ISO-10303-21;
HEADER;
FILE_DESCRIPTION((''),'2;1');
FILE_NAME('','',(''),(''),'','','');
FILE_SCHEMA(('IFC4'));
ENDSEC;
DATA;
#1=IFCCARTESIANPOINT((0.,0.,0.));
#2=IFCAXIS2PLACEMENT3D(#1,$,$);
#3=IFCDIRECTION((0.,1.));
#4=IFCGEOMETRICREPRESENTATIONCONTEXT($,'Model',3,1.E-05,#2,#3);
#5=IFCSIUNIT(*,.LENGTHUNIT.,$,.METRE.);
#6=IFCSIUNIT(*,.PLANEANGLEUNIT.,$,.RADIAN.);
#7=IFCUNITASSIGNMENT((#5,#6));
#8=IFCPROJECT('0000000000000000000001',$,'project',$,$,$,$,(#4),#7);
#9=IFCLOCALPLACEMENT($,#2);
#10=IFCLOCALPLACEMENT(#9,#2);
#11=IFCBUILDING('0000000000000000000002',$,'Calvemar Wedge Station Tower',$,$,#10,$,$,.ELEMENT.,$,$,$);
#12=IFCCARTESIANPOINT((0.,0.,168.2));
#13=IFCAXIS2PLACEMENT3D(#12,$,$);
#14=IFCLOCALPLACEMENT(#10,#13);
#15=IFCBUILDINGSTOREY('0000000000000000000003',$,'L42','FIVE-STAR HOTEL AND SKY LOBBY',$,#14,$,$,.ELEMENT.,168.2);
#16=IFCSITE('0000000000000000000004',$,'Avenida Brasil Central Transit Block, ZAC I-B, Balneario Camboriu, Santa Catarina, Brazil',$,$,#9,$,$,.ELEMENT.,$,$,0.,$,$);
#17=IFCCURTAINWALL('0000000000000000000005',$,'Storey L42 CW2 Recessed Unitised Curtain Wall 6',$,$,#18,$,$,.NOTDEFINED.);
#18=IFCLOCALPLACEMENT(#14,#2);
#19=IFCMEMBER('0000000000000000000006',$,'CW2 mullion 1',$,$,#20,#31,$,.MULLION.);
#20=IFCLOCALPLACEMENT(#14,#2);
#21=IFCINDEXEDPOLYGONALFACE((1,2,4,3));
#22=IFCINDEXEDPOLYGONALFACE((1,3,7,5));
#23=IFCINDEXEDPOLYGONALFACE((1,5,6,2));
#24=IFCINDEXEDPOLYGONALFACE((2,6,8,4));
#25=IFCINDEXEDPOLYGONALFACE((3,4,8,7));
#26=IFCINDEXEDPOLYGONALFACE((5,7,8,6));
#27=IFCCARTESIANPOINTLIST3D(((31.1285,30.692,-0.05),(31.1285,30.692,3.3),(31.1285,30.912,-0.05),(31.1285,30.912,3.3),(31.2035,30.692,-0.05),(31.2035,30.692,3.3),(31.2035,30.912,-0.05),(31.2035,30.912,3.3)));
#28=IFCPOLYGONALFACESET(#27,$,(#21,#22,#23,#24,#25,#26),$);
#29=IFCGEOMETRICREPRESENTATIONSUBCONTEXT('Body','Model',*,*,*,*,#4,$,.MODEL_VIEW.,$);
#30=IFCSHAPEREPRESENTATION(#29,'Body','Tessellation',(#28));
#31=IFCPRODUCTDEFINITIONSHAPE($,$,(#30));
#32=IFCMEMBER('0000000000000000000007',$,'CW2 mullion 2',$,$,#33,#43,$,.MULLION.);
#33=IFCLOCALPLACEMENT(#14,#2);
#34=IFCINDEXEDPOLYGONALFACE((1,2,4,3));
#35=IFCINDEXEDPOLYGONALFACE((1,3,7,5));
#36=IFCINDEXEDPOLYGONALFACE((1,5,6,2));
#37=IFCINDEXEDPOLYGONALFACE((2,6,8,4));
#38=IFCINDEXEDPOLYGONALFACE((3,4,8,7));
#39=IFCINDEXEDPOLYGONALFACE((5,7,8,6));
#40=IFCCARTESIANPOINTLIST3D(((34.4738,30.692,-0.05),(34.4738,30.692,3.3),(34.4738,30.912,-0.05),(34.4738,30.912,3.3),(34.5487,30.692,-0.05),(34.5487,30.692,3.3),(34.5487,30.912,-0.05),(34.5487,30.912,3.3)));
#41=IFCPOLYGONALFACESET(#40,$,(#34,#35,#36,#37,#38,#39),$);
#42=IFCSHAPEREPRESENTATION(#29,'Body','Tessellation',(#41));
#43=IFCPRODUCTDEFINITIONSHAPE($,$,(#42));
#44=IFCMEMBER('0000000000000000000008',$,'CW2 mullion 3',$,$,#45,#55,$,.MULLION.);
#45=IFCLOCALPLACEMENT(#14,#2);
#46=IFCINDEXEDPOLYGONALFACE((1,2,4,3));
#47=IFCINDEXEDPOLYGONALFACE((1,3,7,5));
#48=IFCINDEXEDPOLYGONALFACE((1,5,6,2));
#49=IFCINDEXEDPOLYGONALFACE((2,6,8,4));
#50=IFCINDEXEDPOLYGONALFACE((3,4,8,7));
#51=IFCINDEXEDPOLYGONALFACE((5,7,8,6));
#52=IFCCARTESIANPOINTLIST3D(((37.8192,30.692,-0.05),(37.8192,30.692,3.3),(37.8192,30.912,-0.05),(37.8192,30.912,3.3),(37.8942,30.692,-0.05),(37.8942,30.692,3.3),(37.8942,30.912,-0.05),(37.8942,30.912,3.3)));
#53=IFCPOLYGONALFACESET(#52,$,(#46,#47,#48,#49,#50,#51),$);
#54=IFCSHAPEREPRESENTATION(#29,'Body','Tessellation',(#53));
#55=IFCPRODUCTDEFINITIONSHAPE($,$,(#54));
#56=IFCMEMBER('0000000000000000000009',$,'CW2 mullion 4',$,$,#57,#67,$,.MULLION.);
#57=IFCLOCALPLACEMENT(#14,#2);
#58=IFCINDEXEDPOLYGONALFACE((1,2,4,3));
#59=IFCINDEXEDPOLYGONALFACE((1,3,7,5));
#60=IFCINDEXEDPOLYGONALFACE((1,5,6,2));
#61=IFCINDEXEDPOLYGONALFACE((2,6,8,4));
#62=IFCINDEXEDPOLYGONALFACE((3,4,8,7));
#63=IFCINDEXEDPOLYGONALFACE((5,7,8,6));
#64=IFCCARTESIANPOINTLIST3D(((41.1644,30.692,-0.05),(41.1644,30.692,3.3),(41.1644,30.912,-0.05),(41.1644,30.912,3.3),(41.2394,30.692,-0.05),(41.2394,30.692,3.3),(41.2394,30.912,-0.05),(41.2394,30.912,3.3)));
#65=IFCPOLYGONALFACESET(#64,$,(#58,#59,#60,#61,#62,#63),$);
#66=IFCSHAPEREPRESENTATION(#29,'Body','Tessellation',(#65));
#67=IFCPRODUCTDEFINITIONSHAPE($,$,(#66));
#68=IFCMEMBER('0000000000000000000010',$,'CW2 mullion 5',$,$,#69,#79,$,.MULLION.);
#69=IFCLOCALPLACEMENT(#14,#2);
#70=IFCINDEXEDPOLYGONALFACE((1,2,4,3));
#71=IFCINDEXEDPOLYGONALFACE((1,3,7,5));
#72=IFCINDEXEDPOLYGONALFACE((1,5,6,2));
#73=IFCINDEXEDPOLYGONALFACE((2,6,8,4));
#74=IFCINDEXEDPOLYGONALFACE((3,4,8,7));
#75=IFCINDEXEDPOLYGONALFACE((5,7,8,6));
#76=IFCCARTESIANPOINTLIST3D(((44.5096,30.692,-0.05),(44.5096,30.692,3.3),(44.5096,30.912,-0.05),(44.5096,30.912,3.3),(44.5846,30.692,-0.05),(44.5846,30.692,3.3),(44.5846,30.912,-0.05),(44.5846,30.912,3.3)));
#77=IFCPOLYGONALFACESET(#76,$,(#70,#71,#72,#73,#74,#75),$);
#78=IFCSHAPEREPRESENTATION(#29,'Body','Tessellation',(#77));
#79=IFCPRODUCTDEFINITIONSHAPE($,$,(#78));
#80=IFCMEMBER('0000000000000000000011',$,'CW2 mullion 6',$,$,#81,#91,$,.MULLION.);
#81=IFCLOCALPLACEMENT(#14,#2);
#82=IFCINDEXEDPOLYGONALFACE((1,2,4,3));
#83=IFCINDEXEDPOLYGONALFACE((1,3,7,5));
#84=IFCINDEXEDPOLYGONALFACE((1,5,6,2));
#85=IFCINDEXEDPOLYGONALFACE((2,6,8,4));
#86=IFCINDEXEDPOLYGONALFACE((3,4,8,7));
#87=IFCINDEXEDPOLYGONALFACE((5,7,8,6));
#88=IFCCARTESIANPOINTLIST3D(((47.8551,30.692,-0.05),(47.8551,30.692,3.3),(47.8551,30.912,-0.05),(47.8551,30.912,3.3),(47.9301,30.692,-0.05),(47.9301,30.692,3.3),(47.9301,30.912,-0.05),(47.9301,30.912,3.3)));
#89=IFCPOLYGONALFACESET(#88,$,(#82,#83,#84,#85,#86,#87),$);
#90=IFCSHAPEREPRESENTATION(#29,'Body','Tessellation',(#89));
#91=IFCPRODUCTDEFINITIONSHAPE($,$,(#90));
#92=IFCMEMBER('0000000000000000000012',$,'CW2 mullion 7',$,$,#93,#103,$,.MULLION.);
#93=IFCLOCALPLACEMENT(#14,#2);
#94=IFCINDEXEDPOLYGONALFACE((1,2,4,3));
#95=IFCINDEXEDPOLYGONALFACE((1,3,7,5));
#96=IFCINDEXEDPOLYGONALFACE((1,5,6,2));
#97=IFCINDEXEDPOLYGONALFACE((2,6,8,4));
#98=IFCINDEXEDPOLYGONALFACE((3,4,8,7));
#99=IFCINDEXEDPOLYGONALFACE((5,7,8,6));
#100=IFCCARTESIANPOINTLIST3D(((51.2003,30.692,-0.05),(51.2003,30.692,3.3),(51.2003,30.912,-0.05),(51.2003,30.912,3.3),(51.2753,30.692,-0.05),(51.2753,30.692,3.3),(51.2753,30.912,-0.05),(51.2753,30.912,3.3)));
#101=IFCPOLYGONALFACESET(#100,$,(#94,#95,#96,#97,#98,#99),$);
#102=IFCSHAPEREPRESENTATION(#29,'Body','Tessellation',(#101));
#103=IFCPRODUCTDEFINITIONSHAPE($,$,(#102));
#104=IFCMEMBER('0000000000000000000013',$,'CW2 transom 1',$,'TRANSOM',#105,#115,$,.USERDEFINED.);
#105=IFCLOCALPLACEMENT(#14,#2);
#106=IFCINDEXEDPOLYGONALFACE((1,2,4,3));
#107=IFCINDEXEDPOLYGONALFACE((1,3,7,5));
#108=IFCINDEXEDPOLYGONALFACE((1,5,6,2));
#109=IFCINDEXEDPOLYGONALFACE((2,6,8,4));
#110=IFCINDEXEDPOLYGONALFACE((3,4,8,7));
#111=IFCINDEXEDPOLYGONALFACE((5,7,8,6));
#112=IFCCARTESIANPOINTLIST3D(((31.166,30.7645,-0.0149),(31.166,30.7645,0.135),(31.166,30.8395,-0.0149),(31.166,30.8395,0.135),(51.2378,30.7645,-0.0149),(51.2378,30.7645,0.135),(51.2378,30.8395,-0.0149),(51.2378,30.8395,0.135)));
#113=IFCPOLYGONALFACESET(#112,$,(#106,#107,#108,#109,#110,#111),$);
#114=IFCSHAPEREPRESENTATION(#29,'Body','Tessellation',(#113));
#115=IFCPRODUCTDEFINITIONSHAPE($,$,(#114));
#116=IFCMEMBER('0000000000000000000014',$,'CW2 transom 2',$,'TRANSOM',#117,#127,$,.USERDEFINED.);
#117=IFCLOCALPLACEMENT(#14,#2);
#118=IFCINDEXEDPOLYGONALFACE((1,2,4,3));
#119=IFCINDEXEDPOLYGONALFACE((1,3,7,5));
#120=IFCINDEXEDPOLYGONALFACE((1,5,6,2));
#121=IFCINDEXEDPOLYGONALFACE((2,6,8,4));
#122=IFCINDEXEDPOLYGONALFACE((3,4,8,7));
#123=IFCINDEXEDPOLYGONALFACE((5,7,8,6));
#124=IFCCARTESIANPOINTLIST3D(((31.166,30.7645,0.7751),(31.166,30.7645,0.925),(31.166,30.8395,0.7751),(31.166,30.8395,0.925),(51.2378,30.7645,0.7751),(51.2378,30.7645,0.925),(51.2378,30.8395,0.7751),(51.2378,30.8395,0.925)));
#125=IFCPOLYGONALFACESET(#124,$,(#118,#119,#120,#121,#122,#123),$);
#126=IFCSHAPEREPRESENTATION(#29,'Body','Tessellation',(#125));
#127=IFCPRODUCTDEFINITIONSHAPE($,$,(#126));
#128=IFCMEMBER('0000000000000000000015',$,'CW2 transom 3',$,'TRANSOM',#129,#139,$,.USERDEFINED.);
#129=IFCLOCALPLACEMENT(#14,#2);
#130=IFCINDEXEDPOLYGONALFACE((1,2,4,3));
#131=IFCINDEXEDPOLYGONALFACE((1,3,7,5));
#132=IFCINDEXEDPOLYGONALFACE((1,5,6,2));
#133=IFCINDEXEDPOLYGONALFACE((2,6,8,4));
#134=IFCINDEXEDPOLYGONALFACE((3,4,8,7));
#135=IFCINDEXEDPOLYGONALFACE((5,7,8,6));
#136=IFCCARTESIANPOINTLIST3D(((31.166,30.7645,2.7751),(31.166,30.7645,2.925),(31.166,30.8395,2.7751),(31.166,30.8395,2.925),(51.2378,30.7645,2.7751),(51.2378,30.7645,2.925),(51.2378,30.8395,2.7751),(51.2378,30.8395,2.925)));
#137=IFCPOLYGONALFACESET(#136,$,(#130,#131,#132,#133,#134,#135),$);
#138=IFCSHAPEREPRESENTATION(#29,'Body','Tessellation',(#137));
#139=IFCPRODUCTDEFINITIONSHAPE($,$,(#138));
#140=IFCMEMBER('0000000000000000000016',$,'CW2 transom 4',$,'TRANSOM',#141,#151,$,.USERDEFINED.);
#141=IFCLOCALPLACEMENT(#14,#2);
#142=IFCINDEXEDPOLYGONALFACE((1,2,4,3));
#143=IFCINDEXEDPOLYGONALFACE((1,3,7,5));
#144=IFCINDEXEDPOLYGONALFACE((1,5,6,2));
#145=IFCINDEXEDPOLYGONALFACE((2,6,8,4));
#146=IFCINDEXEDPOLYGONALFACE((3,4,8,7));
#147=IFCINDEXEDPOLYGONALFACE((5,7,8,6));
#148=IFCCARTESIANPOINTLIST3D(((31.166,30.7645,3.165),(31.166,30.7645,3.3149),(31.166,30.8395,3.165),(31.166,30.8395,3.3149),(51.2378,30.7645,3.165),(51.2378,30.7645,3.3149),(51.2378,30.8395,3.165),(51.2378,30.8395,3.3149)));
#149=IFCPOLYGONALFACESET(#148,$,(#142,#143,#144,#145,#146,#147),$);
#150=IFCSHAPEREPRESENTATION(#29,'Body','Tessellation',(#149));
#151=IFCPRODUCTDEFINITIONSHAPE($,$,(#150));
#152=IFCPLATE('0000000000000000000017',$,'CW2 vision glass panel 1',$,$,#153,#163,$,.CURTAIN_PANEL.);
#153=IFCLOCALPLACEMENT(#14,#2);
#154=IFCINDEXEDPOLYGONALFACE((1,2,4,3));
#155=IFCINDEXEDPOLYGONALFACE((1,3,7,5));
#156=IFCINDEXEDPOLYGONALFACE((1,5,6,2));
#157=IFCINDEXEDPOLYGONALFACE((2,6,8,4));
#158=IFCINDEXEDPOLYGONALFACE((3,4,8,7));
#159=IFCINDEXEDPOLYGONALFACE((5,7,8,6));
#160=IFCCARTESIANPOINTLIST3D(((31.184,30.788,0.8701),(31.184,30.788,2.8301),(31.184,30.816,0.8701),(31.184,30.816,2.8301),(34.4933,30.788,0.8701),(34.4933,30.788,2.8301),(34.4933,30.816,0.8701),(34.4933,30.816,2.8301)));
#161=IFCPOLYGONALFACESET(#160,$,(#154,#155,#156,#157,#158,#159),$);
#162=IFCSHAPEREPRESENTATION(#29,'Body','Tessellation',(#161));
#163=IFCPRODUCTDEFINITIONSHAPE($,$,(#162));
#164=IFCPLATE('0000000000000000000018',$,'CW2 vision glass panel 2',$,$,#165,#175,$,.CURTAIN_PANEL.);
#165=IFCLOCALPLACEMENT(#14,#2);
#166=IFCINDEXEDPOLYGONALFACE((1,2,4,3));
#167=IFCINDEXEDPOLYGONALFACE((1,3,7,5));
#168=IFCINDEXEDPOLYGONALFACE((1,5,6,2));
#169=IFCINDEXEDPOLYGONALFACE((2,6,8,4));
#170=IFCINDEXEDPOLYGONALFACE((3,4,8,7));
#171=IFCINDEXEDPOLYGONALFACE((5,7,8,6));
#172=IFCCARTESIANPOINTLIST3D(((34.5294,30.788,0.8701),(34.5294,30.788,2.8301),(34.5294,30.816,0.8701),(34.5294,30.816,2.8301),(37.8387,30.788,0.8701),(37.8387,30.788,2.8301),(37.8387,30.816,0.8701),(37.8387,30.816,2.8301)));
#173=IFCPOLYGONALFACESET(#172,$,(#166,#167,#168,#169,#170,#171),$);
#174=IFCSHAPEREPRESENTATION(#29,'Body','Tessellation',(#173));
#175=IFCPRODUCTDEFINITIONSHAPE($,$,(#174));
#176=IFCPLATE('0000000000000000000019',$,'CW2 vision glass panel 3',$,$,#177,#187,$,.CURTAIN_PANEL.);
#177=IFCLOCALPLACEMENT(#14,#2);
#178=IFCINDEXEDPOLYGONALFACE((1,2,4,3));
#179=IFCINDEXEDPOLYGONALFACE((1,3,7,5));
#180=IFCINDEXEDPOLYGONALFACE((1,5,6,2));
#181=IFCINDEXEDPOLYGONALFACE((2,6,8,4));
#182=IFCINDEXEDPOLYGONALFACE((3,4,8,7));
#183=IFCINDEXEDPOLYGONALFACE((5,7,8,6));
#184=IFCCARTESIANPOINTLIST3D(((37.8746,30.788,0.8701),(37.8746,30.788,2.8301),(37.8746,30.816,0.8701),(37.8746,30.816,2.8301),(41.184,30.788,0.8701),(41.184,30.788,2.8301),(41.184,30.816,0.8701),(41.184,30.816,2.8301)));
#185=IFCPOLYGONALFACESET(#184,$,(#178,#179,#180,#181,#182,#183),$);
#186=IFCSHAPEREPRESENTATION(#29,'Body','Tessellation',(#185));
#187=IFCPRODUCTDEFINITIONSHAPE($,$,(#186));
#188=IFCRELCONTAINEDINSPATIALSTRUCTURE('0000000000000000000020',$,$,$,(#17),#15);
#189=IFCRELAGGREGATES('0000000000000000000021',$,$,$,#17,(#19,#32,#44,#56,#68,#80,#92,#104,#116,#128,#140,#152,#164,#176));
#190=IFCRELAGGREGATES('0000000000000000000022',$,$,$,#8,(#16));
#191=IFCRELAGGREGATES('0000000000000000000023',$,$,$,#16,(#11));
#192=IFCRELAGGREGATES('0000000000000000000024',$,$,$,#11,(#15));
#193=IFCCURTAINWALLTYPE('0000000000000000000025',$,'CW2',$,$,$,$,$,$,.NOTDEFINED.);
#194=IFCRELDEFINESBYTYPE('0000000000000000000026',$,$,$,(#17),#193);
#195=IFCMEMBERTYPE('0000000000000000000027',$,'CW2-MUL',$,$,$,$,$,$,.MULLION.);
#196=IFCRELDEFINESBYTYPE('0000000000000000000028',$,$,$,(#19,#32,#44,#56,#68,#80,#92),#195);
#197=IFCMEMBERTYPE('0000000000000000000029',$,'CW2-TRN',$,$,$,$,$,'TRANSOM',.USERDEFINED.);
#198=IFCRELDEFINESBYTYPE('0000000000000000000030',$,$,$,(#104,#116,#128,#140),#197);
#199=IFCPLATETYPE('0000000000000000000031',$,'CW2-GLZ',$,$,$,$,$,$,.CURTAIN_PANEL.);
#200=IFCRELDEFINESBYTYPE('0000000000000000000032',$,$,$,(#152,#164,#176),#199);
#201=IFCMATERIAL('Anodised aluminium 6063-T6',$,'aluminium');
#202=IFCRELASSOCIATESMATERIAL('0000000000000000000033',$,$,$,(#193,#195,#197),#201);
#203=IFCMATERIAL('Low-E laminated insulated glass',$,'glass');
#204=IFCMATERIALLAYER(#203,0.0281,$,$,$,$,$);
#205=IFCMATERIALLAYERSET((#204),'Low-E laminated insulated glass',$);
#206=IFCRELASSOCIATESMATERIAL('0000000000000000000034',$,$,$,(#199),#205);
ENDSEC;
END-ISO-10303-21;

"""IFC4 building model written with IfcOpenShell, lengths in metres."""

from ifc_helpers import new_model, si_unit, direction, frame, frame_2d, origin, origin_2d, place, context, subcontext, project, spatial, rectangle, extrude, source, transform, mapped, material, layer, layer_set, material_profile, profile_set, type_object, element, aggregate, save


model = new_model("IFC4")

# Units and contexts
model_context = context("Model", 3, precision=1e-05, world=origin(), true_north=direction((0.0, 1.0)))
body_context = subcontext(model_context, "Body", "Model", "MODEL_VIEW")
ifc_project = project(units=[si_unit("LENGTHUNIT", "METRE"), si_unit("PLANEANGLEUNIT", "RADIAN")], contexts=[model_context])

# Site, building, storey
site_placement = place(None, origin())
site = spatial("IfcSite", under=ifc_project, at=site_placement, Name="Avenida Brasil Central Transit Block, ZAC I-B, Balneario Camboriu, Santa Catarina, Brazil", CompositionType="ELEMENT", RefElevation=0.0)
building_placement = place(site_placement, origin())
building = spatial("IfcBuilding", under=site, at=building_placement, Name="Calvemar Wedge Station Tower", CompositionType="ELEMENT")
storey_placement = place(building_placement, frame((0.0, 0.0, 168.2)))
storey = spatial("IfcBuildingStorey", under=building, at=storey_placement, Name="L42", Description="FIVE-STAR HOTEL AND SKY LOBBY", CompositionType="ELEMENT", Elevation=168.2)

# Curtain wall, members, plates
ifc_material_1 = material(Name="Anodised aluminium 6063-T6", Category="aluminium")
curtain_wall_type = type_object("IfcCurtainWallType", Name="CW2", PredefinedType="NOTDEFINED", material=ifc_material_1)
curtain_wall_placement = place(storey_placement, origin())
curtain_wall = element("IfcCurtainWall", 1, at=curtain_wall_placement, inside=storey, type_object=curtain_wall_type, Name="Storey L42 CW2 Recessed Unitised Curtain Wall 6", PredefinedType="NOTDEFINED")
ifc_material_profile_1 = material_profile(ifc_material_1, rectangle(XDim=0.075, YDim=0.22, at=origin_2d()), Name="AL-MUL-75x220")
ifc_profile_set_1 = profile_set([ifc_material_profile_1], Name="Anodised aluminium 6063-T6")
member_type_1 = type_object("IfcMemberType", Name="CW2-MUL", PredefinedType="MULLION", material=ifc_profile_set_1)
shared_shape_1 = source(origin(), body_context, "Body", "SweptSolid", [
    extrude(rectangle(XDim=0.075, YDim=0.22, at=origin_2d()), origin(), (0.0, 0.0, 1.0), 3.3501),
])
member_1_placement = place(storey_placement, frame((31.166, 30.802, -0.05), z_axis=(0.0, 0.0, 1.0), x_axis=(1.0, 0.0, 0.0)))
member_1 = element("IfcMember", 2, at=member_1_placement, type_object=member_type_1, Name="CW2 mullion 1", PredefinedType="MULLION", context=body_context, shape_type="MappedRepresentation", body=[
    mapped(shared_shape_1, transform((0.0, 0.0, 0.0), scale=1.0)),
])
member_2_placement = place(storey_placement, frame((34.5112, 30.802, -0.05), z_axis=(0.0, 0.0, 1.0), x_axis=(1.0, 0.0, 0.0)))
member_2 = element("IfcMember", 3, at=member_2_placement, type_object=member_type_1, Name="CW2 mullion 2", PredefinedType="MULLION", context=body_context, shape_type="MappedRepresentation", body=[
    mapped(shared_shape_1, transform((0.0, 0.0, 0.0), scale=1.0)),
])
member_3_placement = place(storey_placement, frame((37.8567, 30.802, -0.05), z_axis=(0.0, 0.0, 1.0), x_axis=(1.0, 0.0, 0.0)))
member_3 = element("IfcMember", 4, at=member_3_placement, type_object=member_type_1, Name="CW2 mullion 3", PredefinedType="MULLION", context=body_context, shape_type="MappedRepresentation", body=[
    mapped(shared_shape_1, transform((0.0, 0.0, 0.0), scale=1.0)),
])
member_4_placement = place(storey_placement, frame((41.2019, 30.802, -0.05), z_axis=(0.0, 0.0, 1.0), x_axis=(1.0, 0.0, 0.0)))
member_4 = element("IfcMember", 5, at=member_4_placement, type_object=member_type_1, Name="CW2 mullion 4", PredefinedType="MULLION", context=body_context, shape_type="MappedRepresentation", body=[
    mapped(shared_shape_1, transform((0.0, 0.0, 0.0), scale=1.0)),
])
member_5_placement = place(storey_placement, frame((44.5471, 30.802, -0.05), z_axis=(0.0, 0.0, 1.0), x_axis=(1.0, 0.0, 0.0)))
member_5 = element("IfcMember", 6, at=member_5_placement, type_object=member_type_1, Name="CW2 mullion 5", PredefinedType="MULLION", context=body_context, shape_type="MappedRepresentation", body=[
    mapped(shared_shape_1, transform((0.0, 0.0, 0.0), scale=1.0)),
])
member_6_placement = place(storey_placement, frame((47.8926, 30.802, -0.05), z_axis=(0.0, 0.0, 1.0), x_axis=(1.0, 0.0, 0.0)))
member_6 = element("IfcMember", 7, at=member_6_placement, type_object=member_type_1, Name="CW2 mullion 6", PredefinedType="MULLION", context=body_context, shape_type="MappedRepresentation", body=[
    mapped(shared_shape_1, transform((0.0, 0.0, 0.0), scale=1.0)),
])
member_7_placement = place(storey_placement, frame((51.2378, 30.802, -0.05), z_axis=(0.0, 0.0, 1.0), x_axis=(1.0, 0.0, 0.0)))
member_7 = element("IfcMember", 8, at=member_7_placement, type_object=member_type_1, Name="CW2 mullion 7", PredefinedType="MULLION", context=body_context, shape_type="MappedRepresentation", body=[
    mapped(shared_shape_1, transform((0.0, 0.0, 0.0), scale=1.0)),
])
ifc_material_profile_2 = material_profile(ifc_material_1, rectangle(XDim=0.075, YDim=0.1499, at=origin_2d()), Name="AL-TRN-75x150")
ifc_profile_set_2 = profile_set([ifc_material_profile_2], Name="Anodised aluminium 6063-T6")
member_type_2 = type_object("IfcMemberType", Name="CW2-TRN", ElementType="TRANSOM", PredefinedType="USERDEFINED", material=ifc_profile_set_2)
shared_shape_2 = source(origin(), body_context, "Body", "SweptSolid", [
    extrude(rectangle(XDim=0.075, YDim=0.1499, at=origin_2d()), origin(), (0.0, 0.0, 1.0), 20.0718),
])
member_8_placement = place(storey_placement, frame((31.166, 30.802, 0.0601), z_axis=(1.0, 0.0, 0.0), x_axis=(0.0, 1.0, 0.0)))
member_8 = element("IfcMember", 9, at=member_8_placement, type_object=member_type_2, Name="CW2 transom 1", ObjectType="TRANSOM", PredefinedType="USERDEFINED", context=body_context, shape_type="MappedRepresentation", body=[
    mapped(shared_shape_2, transform((0.0, 0.0, 0.0), scale=1.0)),
])
member_9_placement = place(storey_placement, frame((31.166, 30.802, 0.8501), z_axis=(1.0, 0.0, 0.0), x_axis=(0.0, 1.0, 0.0)))
member_9 = element("IfcMember", 10, at=member_9_placement, type_object=member_type_2, Name="CW2 transom 2", ObjectType="TRANSOM", PredefinedType="USERDEFINED", context=body_context, shape_type="MappedRepresentation", body=[
    mapped(shared_shape_2, transform((0.0, 0.0, 0.0), scale=1.0)),
])
member_10_placement = place(storey_placement, frame((31.166, 30.802, 2.8501), z_axis=(1.0, 0.0, 0.0), x_axis=(0.0, 1.0, 0.0)))
member_10 = element("IfcMember", 11, at=member_10_placement, type_object=member_type_2, Name="CW2 transom 3", ObjectType="TRANSOM", PredefinedType="USERDEFINED", context=body_context, shape_type="MappedRepresentation", body=[
    mapped(shared_shape_2, transform((0.0, 0.0, 0.0), scale=1.0)),
])
member_11_placement = place(storey_placement, frame((31.166, 30.802, 3.24), z_axis=(1.0, 0.0, 0.0), x_axis=(0.0, 1.0, 0.0)))
member_11 = element("IfcMember", 12, at=member_11_placement, type_object=member_type_2, Name="CW2 transom 4", ObjectType="TRANSOM", PredefinedType="USERDEFINED", context=body_context, shape_type="MappedRepresentation", body=[
    mapped(shared_shape_2, transform((0.0, 0.0, 0.0), scale=1.0)),
])
ifc_material_2 = material(Name="Low-E laminated insulated glass", Category="glass")
ifc_layer_1 = layer(ifc_material_2, 0.0281)
ifc_layer_set_1 = layer_set([ifc_layer_1], Name="Low-E laminated insulated glass")
plate_type_1 = type_object("IfcPlateType", Name="CW2-GLZ", PredefinedType="CURTAIN_PANEL", material=ifc_layer_set_1)
plate_1_placement = place(storey_placement, frame((31.1838, 30.802, 0.8701), z_axis=(0.0, 0.0, 1.0), x_axis=(1.0, 0.0, 0.0)))
plate_1 = element("IfcPlate", 13, at=plate_1_placement, type_object=plate_type_1, Name="CW2 vision glass panel 1", PredefinedType="CURTAIN_PANEL", context=body_context, shape_type="SweptSolid", body=[
    extrude(rectangle(XDim=3.3093, YDim=0.0281, at=frame_2d((1.6548, 0.0))), origin(), (0.0, 0.0, 1.0), 1.96),
])
plate_2_placement = place(storey_placement, frame((34.5293, 30.802, 0.8701), z_axis=(0.0, 0.0, 1.0), x_axis=(1.0, 0.0, 0.0)))
plate_2 = element("IfcPlate", 14, at=plate_2_placement, type_object=plate_type_1, Name="CW2 vision glass panel 2", PredefinedType="CURTAIN_PANEL", context=body_context, shape_type="SweptSolid", body=[
    extrude(rectangle(XDim=3.3093, YDim=0.0281, at=frame_2d((1.6548, 0.0))), origin(), (0.0, 0.0, 1.0), 1.96),
])
plate_3_placement = place(storey_placement, frame((37.8745, 30.802, 0.8701), z_axis=(0.0, 0.0, 1.0), x_axis=(1.0, 0.0, 0.0)))
plate_3 = element("IfcPlate", 15, at=plate_3_placement, type_object=plate_type_1, Name="CW2 vision glass panel 3", PredefinedType="CURTAIN_PANEL", context=body_context, shape_type="SweptSolid", body=[
    extrude(rectangle(XDim=3.3093, YDim=0.0281, at=frame_2d((1.6548, 0.0))), origin(), (0.0, 0.0, 1.0), 1.96),
])
aggregate(curtain_wall, [member_1, member_2, member_3, member_4, member_5, member_6, member_7, member_8, member_9, member_10, member_11, plate_1, plate_2, plate_3])

save(model, "model.ifc")
